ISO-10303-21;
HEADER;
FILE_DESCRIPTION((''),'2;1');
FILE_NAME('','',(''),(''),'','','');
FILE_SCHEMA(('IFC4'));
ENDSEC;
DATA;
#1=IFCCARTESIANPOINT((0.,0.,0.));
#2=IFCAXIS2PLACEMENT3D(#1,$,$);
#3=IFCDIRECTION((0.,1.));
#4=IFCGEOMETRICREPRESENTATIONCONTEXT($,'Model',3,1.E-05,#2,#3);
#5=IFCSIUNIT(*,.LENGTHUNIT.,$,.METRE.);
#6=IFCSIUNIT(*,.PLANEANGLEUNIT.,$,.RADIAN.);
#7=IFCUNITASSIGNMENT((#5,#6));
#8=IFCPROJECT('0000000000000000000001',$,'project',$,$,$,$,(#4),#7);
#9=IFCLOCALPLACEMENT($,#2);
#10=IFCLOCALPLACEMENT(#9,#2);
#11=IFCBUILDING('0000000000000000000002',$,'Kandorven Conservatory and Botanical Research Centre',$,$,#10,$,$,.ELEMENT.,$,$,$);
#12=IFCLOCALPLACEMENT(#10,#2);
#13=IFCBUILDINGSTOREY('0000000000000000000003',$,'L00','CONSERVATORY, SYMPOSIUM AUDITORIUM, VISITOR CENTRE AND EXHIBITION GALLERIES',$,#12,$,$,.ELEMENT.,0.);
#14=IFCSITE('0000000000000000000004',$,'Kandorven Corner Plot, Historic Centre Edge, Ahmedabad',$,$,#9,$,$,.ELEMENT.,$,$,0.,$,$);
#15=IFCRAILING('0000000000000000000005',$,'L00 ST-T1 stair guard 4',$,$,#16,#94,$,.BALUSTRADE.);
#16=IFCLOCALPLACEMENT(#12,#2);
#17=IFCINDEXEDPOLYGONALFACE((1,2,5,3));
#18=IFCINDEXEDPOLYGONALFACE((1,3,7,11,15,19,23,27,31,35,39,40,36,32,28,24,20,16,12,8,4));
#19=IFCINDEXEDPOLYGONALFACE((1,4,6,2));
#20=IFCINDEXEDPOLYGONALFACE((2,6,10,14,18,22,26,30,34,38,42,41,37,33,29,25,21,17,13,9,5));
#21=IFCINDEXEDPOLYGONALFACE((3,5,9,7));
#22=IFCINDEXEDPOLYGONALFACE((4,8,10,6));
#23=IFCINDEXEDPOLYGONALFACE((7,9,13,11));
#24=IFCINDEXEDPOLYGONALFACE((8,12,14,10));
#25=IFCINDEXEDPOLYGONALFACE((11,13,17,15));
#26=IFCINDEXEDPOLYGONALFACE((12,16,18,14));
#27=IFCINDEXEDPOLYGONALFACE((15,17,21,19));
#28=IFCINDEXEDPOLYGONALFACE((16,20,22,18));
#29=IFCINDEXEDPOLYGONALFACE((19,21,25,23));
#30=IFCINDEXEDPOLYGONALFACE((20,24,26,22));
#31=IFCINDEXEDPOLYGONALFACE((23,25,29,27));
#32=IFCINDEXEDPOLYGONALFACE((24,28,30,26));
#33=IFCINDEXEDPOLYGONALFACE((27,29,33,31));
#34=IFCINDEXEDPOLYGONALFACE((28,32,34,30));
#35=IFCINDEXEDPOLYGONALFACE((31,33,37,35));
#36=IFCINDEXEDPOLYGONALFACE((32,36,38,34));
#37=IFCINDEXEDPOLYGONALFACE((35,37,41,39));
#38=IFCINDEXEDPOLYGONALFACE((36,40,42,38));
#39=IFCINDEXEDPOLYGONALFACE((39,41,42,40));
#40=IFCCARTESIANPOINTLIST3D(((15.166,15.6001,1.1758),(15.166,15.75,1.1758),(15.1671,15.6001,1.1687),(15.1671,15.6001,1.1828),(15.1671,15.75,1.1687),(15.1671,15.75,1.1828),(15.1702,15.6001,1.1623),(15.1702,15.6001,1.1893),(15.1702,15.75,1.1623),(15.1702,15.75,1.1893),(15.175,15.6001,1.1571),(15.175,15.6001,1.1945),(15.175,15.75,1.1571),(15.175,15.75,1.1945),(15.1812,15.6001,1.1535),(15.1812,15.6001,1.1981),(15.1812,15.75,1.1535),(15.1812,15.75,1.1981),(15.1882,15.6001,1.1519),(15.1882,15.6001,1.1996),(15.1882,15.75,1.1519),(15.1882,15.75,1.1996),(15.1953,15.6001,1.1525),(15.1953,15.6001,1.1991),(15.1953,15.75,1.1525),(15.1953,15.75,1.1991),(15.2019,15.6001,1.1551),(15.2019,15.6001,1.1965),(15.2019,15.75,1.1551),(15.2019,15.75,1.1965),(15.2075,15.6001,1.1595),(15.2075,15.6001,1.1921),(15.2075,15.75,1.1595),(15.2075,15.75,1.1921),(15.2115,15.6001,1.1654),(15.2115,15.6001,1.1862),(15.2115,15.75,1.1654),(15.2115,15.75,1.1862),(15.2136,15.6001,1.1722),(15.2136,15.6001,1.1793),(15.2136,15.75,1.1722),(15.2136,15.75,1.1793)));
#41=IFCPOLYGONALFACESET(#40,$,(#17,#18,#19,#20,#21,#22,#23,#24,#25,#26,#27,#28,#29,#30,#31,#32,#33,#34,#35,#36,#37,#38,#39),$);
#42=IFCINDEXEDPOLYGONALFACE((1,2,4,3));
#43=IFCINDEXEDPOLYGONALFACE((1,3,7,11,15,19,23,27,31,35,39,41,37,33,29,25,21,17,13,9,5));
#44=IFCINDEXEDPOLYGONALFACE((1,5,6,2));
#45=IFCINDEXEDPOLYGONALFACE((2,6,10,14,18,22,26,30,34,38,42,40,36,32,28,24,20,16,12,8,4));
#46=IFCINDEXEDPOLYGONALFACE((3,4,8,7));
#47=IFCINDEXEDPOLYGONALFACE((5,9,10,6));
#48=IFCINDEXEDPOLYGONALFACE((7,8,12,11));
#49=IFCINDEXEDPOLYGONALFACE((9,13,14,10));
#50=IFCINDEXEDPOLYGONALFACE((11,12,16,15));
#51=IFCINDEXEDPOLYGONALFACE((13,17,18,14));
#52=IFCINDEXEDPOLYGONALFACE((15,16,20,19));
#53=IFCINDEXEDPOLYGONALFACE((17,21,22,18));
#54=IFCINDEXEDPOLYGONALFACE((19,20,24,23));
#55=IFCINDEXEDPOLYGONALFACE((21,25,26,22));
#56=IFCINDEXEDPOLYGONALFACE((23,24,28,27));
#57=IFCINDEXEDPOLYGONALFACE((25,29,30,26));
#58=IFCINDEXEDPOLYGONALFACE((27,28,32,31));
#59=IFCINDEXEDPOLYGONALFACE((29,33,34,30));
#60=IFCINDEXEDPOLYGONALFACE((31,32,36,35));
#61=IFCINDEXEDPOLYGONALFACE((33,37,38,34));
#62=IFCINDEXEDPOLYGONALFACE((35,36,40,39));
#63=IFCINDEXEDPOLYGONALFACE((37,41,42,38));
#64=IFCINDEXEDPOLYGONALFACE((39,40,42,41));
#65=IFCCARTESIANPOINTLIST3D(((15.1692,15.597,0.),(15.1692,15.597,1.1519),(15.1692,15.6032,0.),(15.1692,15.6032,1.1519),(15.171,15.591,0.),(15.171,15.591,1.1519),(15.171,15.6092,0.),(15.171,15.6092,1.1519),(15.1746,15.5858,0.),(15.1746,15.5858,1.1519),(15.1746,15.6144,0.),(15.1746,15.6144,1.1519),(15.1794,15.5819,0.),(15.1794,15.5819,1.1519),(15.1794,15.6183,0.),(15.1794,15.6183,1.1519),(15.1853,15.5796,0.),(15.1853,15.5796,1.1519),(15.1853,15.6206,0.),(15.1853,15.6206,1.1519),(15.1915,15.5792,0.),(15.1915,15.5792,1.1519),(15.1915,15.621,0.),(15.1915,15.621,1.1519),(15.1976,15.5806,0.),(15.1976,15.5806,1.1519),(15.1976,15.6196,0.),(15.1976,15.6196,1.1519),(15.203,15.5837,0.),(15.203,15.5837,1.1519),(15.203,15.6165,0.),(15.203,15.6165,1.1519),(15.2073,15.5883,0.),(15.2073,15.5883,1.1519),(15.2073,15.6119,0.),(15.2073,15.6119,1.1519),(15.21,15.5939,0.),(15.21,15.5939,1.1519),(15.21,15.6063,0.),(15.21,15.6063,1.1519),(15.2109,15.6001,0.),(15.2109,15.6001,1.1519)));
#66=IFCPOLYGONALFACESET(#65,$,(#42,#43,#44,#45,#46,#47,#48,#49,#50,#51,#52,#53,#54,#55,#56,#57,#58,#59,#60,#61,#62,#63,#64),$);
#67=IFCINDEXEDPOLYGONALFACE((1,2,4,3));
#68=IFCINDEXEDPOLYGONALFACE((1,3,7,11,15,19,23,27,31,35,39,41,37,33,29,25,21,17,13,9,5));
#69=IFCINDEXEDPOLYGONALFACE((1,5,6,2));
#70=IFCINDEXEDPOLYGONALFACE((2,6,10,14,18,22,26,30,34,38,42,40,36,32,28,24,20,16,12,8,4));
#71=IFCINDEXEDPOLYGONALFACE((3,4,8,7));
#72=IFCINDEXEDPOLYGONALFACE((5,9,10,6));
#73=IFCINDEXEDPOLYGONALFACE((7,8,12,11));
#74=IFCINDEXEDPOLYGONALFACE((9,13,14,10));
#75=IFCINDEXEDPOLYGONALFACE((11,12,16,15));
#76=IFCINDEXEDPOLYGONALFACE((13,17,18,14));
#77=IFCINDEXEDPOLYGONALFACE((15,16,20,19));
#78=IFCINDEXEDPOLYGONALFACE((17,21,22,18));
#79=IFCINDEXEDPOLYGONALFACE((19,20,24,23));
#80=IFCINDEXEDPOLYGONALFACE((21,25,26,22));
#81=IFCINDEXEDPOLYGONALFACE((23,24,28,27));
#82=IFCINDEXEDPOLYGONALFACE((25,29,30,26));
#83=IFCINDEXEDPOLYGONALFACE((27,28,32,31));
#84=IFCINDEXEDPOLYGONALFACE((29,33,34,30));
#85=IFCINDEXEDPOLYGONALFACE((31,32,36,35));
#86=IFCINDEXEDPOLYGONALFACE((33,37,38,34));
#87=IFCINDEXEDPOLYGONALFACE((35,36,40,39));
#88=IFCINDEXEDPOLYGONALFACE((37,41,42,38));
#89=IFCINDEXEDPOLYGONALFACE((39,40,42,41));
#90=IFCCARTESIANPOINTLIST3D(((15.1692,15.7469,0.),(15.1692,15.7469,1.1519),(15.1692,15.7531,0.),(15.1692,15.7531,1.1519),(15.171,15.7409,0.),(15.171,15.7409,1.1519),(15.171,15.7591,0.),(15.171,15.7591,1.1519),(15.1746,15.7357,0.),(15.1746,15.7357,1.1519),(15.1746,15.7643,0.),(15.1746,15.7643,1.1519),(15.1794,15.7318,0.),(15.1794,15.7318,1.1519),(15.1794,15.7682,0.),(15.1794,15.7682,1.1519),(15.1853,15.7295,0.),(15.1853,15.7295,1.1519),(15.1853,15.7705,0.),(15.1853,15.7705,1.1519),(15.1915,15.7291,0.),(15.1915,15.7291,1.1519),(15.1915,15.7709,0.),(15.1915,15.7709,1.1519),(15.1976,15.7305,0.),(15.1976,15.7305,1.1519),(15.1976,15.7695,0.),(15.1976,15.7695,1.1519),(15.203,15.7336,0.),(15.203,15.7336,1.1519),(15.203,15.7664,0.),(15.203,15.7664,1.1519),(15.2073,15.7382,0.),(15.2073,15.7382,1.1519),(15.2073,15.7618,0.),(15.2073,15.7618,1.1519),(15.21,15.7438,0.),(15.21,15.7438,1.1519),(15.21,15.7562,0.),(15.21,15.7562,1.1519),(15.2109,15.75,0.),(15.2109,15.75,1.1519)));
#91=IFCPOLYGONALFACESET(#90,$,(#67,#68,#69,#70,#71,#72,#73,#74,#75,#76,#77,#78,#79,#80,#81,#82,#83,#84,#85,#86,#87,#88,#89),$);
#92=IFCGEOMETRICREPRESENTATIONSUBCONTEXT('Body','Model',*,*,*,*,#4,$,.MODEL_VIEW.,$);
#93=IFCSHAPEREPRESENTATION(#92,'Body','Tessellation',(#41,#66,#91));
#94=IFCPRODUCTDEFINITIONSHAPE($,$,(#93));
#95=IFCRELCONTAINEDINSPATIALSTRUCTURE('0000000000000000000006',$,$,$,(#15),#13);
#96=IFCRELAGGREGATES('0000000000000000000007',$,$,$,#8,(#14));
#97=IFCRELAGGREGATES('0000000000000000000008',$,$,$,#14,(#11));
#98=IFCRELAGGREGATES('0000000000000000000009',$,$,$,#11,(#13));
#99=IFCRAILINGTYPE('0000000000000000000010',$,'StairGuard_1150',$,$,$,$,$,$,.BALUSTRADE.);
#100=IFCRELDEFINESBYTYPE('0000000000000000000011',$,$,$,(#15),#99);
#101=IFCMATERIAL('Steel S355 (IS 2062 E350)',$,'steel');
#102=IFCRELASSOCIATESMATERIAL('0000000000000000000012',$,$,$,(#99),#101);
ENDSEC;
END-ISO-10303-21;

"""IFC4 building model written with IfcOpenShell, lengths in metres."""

from ifc_helpers import new_model, si_unit, direction, frame, origin, origin_2d, place, context, subcontext, project, spatial, circle, extrude, material, type_object, element, save


model = new_model("IFC4")

# Units and contexts
model_context = context("Model", 3, precision=1e-05, world=origin(), true_north=direction((0.0, 1.0)))
body_context = subcontext(model_context, "Body", "Model", "MODEL_VIEW")
ifc_project = project(units=[si_unit("LENGTHUNIT", "METRE"), si_unit("PLANEANGLEUNIT", "RADIAN")], contexts=[model_context])

# Site, building, storey
site_placement = place(None, origin())
site = spatial("IfcSite", under=ifc_project, at=site_placement, Name="Kandorven Corner Plot, Historic Centre Edge, Ahmedabad", CompositionType="ELEMENT", RefElevation=0.0)
building_placement = place(site_placement, origin())
building = spatial("IfcBuilding", under=site, at=building_placement, Name="Kandorven Conservatory and Botanical Research Centre", CompositionType="ELEMENT")
storey_placement = place(building_placement, origin())
storey = spatial("IfcBuildingStorey", under=building, at=storey_placement, Name="L00", Description="CONSERVATORY, SYMPOSIUM AUDITORIUM, VISITOR CENTRE AND EXHIBITION GALLERIES", CompositionType="ELEMENT", Elevation=0.0)

# Railing
ifc_material_1 = material(Name="Steel S355 (IS 2062 E350)", Category="steel")
railing_type_1 = type_object("IfcRailingType", Name="StairGuard_1150", PredefinedType="BALUSTRADE", material=ifc_material_1)
railing_1_placement = place(storey_placement, frame((15.1899, 15.6001, 0.0)))
element("IfcRailing", 1, at=railing_1_placement, inside=storey, type_object=railing_type_1, Name="L00 ST-T1 stair guard 4", PredefinedType="BALUSTRADE", context=body_context, shape_type="SweptSolid", body=[
    extrude(circle(Radius=0.0239, at=origin_2d()), frame((0.0, 0.0, 1.1758), z_axis=(0.0, 1.0, 0.0), x_axis=(-1.0, 0.0, 0.0)), (0.0, 0.0, 1.0), 0.1499),
    extrude(circle(Radius=0.021, at=origin_2d()), origin(), (0.0, 0.0, 1.0), 1.1519),
    extrude(circle(Radius=0.021, at=origin_2d()), frame((0.0, 0.1499, 0.0)), (0.0, 0.0, 1.0), 1.1519),
])

save(model, "model.ifc")
